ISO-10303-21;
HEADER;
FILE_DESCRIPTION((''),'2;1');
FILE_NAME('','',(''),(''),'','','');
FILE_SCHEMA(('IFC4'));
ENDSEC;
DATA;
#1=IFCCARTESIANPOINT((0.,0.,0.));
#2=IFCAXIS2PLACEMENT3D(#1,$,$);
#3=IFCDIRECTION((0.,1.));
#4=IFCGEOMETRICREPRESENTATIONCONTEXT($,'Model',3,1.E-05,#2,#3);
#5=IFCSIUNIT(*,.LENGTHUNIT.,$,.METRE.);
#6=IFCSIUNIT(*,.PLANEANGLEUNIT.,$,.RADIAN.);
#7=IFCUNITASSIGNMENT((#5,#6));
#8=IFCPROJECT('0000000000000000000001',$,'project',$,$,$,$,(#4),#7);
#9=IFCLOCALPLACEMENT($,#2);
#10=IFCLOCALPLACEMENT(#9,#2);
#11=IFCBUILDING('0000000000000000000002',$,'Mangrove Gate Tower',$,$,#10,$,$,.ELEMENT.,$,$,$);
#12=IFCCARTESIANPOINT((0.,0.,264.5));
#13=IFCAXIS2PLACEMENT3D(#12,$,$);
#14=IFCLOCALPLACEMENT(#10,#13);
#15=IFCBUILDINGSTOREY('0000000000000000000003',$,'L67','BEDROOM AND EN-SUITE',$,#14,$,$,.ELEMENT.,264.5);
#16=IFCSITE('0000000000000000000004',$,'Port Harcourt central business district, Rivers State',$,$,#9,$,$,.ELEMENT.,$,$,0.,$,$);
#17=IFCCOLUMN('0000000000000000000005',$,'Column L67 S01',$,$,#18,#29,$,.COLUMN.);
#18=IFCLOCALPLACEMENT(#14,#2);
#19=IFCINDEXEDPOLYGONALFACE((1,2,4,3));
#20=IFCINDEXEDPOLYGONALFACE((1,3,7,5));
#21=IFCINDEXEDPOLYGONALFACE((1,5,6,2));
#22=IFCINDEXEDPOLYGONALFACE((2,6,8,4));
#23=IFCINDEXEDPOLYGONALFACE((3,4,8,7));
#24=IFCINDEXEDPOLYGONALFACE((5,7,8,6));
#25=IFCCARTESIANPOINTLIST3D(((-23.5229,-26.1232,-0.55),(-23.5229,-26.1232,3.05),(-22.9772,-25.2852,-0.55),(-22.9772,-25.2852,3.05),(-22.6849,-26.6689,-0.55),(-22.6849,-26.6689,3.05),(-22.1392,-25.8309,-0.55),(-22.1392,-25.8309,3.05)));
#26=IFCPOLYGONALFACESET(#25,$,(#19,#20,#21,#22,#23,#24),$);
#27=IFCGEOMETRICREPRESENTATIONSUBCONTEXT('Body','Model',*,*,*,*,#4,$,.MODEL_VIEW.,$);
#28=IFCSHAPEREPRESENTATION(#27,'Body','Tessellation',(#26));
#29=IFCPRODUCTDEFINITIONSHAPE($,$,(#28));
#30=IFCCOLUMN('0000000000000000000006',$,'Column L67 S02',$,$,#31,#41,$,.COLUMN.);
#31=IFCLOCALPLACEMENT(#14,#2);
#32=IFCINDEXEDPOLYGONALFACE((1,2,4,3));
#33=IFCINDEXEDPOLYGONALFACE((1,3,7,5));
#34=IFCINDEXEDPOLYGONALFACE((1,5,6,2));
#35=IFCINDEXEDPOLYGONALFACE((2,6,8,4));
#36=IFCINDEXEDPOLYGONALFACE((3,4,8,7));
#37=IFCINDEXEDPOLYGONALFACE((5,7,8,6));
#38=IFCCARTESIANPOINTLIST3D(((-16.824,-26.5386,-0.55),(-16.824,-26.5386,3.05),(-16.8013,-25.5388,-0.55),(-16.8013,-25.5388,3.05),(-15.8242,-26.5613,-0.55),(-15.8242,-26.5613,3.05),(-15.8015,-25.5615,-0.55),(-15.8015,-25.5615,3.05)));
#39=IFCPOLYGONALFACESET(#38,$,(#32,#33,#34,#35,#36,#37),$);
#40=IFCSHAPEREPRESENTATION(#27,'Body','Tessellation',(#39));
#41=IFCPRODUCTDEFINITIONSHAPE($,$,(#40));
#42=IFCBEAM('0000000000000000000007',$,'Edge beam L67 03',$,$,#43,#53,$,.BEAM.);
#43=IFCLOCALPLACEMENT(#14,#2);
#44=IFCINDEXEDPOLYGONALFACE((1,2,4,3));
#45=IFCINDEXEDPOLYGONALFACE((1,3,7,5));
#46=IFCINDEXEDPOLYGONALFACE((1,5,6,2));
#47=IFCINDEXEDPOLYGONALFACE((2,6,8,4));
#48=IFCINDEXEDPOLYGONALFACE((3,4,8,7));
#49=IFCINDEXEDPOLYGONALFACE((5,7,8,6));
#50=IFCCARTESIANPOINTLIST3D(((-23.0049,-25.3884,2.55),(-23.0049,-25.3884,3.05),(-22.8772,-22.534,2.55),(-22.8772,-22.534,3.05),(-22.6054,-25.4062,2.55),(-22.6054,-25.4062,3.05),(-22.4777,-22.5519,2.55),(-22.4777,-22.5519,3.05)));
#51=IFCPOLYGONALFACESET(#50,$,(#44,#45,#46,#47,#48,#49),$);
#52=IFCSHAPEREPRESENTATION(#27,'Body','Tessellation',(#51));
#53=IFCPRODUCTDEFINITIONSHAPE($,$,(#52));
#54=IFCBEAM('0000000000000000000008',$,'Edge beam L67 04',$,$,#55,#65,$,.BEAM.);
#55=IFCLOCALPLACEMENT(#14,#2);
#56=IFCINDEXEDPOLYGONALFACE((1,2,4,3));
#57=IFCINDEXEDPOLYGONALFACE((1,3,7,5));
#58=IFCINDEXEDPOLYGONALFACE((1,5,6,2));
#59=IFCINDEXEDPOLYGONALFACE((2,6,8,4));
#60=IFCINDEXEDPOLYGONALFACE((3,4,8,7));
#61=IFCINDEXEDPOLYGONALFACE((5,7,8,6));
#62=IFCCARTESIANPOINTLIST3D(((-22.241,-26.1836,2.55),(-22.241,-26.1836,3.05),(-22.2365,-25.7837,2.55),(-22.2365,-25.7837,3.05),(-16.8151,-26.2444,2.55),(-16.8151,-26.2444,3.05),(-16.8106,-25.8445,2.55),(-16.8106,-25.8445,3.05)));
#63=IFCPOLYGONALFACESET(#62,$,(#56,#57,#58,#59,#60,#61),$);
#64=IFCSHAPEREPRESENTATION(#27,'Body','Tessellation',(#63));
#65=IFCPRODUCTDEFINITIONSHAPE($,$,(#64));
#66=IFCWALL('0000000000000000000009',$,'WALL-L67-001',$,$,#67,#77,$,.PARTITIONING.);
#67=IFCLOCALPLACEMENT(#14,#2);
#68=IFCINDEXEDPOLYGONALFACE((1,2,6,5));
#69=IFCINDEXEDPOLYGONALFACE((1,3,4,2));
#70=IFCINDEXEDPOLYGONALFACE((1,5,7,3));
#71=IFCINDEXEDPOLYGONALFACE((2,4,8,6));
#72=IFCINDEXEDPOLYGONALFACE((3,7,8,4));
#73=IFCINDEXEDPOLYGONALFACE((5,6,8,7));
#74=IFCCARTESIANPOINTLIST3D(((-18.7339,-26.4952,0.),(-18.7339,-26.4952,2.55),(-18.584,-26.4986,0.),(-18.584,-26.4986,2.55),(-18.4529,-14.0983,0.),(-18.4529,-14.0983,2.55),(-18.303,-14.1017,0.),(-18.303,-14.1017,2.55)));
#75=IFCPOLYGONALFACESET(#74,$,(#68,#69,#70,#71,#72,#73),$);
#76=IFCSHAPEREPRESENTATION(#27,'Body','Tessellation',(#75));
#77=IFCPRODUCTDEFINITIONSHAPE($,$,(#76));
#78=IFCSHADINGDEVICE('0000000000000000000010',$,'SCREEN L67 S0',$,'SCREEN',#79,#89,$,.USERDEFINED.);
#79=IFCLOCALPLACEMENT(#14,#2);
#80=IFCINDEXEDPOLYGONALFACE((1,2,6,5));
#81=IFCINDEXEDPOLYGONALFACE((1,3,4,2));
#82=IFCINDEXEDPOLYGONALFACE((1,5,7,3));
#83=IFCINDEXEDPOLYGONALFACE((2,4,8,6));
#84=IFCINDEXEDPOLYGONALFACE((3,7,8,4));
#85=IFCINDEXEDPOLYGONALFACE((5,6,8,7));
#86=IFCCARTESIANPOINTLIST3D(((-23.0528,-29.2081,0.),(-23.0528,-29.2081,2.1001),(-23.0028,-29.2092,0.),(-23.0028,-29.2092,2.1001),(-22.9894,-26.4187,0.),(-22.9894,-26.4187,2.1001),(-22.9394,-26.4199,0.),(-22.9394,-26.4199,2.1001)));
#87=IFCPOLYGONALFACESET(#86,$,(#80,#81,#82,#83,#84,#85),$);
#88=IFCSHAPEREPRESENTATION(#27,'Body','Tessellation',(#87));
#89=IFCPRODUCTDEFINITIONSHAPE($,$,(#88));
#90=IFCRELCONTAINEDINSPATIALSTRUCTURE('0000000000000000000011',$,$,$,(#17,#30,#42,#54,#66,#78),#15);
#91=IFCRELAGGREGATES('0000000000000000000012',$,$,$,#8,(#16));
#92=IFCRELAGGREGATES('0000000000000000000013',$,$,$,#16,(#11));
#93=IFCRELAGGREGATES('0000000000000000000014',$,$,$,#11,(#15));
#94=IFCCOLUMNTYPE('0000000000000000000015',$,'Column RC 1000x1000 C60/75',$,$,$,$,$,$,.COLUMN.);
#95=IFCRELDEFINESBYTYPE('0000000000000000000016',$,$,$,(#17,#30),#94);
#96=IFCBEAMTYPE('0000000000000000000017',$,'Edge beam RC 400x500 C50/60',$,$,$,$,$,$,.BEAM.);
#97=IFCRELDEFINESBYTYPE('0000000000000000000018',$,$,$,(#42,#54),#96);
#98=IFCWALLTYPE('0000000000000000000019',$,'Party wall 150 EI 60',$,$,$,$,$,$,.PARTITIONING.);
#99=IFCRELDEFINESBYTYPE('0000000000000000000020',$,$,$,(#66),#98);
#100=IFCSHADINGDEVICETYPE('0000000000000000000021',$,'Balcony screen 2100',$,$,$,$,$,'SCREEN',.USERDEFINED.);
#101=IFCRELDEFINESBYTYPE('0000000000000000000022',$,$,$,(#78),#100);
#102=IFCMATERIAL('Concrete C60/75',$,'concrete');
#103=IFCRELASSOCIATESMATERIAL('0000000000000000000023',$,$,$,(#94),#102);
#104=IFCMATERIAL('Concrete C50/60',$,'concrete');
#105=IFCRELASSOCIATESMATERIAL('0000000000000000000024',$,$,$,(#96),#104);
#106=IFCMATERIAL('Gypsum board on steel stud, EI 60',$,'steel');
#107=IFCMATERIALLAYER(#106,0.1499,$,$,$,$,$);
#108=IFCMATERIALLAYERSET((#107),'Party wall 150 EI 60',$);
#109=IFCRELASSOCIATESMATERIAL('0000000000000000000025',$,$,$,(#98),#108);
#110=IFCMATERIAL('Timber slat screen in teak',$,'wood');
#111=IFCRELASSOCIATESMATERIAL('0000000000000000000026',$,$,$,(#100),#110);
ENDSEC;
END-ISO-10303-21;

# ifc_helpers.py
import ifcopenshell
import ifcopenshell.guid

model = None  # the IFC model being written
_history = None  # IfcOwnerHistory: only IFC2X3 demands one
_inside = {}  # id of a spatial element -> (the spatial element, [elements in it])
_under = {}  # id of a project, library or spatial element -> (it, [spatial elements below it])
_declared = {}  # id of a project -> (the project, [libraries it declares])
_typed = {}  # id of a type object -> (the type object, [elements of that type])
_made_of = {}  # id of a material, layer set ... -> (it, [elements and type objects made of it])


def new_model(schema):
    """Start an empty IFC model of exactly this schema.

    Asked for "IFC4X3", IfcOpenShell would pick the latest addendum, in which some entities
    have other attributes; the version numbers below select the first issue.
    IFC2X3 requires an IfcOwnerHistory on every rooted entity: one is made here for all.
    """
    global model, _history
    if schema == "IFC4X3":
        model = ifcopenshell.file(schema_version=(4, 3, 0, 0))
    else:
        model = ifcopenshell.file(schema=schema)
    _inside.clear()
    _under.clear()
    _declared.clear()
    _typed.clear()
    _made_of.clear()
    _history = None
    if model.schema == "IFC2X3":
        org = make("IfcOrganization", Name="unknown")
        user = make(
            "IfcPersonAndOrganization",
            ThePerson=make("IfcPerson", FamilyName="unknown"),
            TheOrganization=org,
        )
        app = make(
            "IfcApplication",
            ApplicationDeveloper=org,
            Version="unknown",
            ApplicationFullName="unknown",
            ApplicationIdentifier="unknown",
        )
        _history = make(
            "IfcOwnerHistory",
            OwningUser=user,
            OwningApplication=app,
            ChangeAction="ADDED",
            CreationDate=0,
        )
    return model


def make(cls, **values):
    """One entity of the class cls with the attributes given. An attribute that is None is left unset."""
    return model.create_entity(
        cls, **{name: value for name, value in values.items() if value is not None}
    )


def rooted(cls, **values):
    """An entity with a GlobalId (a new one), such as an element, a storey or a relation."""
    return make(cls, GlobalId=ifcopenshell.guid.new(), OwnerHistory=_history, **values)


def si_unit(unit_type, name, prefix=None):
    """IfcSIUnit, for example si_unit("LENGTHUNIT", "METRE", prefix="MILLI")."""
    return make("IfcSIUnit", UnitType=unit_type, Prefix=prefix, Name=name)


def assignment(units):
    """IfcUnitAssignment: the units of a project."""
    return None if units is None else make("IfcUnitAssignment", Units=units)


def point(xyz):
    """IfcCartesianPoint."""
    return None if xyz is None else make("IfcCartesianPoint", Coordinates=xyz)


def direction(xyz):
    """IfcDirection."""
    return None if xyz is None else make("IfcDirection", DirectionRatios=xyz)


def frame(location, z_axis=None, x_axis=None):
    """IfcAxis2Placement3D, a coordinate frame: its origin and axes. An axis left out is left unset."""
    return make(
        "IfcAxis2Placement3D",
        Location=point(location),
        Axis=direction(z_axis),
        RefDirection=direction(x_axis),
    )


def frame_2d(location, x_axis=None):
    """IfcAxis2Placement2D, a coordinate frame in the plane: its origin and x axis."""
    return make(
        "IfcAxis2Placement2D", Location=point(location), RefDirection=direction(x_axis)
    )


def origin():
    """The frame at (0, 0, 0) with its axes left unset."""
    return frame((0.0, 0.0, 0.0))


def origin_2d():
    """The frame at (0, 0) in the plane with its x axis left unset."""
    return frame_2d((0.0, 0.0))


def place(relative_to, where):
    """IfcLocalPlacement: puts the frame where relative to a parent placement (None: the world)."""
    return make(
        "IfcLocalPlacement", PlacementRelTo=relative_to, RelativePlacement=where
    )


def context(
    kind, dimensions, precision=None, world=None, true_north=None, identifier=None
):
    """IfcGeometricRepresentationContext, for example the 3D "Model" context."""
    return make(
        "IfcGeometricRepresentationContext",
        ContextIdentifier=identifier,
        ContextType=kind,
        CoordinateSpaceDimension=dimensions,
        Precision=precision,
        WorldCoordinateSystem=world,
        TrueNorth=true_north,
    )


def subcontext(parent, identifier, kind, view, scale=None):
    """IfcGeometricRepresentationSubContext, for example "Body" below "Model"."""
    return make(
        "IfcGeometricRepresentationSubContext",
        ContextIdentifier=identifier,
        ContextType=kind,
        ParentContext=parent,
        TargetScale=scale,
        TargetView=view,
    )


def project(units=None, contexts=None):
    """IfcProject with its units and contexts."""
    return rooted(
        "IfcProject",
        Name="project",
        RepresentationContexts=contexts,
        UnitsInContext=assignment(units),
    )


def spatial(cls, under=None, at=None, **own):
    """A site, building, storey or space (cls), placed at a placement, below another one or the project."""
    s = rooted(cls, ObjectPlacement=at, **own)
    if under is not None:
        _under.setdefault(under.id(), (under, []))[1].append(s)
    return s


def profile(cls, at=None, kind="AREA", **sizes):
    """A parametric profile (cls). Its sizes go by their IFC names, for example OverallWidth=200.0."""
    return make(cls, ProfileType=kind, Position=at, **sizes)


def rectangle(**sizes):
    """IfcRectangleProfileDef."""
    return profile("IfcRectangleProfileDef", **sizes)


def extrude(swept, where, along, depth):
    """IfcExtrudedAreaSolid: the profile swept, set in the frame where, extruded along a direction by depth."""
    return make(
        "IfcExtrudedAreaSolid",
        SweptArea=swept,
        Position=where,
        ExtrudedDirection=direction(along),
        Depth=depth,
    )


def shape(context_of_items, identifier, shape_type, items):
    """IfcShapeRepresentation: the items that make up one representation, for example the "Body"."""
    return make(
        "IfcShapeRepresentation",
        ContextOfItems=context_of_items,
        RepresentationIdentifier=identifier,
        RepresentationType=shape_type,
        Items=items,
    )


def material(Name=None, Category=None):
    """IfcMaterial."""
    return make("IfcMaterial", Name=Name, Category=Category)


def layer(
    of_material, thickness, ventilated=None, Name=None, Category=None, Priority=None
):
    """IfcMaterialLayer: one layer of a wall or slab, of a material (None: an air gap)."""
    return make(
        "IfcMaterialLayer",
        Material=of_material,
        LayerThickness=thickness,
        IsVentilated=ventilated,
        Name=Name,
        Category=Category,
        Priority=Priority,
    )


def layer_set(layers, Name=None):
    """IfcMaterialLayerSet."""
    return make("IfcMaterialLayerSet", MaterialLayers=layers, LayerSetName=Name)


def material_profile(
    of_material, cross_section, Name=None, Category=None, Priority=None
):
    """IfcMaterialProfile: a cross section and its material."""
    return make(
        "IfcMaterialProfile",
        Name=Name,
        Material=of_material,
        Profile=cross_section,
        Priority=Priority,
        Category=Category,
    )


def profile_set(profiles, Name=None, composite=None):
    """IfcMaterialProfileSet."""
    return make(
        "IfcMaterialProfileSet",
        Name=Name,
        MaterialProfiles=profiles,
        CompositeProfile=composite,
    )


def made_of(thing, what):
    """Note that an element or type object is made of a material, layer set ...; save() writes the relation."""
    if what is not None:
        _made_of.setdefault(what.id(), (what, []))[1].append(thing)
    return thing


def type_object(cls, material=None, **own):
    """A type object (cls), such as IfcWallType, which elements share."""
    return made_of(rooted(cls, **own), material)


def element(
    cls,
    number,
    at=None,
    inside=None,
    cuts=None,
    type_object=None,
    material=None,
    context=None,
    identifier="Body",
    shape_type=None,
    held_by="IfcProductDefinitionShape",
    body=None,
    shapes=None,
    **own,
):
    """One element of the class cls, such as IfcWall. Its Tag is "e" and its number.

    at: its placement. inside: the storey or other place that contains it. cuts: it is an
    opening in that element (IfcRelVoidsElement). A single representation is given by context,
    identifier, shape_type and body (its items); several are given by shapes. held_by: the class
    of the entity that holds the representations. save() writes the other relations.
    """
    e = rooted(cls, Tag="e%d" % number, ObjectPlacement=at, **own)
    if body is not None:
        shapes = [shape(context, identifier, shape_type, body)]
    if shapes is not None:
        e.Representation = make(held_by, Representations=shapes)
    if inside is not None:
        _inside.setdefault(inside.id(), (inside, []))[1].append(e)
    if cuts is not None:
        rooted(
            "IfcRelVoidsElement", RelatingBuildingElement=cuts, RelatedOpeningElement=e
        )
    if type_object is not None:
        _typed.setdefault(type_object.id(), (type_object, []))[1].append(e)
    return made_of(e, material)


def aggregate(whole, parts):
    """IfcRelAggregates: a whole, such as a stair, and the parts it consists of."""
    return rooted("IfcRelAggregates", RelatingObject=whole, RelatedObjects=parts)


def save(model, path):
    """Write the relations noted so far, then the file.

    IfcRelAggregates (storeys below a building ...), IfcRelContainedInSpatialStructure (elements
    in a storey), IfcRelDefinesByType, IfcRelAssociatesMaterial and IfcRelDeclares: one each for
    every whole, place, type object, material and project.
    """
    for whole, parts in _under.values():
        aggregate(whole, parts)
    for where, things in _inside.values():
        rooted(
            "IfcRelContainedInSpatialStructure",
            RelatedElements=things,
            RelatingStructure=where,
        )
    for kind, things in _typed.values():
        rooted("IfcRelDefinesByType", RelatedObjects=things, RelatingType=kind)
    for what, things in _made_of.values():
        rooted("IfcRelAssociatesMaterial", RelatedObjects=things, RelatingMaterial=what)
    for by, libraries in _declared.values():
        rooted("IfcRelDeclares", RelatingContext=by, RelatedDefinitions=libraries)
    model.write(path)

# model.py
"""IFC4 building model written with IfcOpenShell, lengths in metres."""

from ifc_helpers import new_model, si_unit, direction, frame, frame_2d, origin, origin_2d, place, context, subcontext, project, spatial, rectangle, extrude, material, layer, layer_set, material_profile, profile_set, type_object, element, save


model = new_model("IFC4")

# Units and contexts
model_context = context("Model", 3, precision=1e-05, world=origin(), true_north=direction((0.0, 1.0)))
body_context = subcontext(model_context, "Body", "Model", "MODEL_VIEW")
ifc_project = project(units=[si_unit("LENGTHUNIT", "METRE"), si_unit("PLANEANGLEUNIT", "RADIAN")], contexts=[model_context])

# Site, building, storey
site_placement = place(None, origin())
site = spatial("IfcSite", under=ifc_project, at=site_placement, Name="Port Harcourt central business district, Rivers State", CompositionType="ELEMENT", RefElevation=0.0)
building_placement = place(site_placement, origin())
building = spatial("IfcBuilding", under=site, at=building_placement, Name="Mangrove Gate Tower", CompositionType="ELEMENT")
storey_placement = place(building_placement, frame((0.0, 0.0, 264.5)))
storey = spatial("IfcBuildingStorey", under=building, at=storey_placement, Name="L67", Description="BEDROOM AND EN-SUITE", CompositionType="ELEMENT", Elevation=264.5)

# Columns
ifc_material_1 = material(Name="Concrete C60/75", Category="concrete")
ifc_material_profile_1 = material_profile(ifc_material_1, rectangle(XDim=1.0, YDim=1.0, at=origin_2d()))
ifc_profile_set_1 = profile_set([ifc_material_profile_1], Name="Concrete C60/75")
column_type = type_object("IfcColumnType", Name="Column RC 1000x1000 C60/75", PredefinedType="COLUMN", material=ifc_profile_set_1)
for number, where, z_axis, x_axis, name in (
    (1, (-22.8311, -25.9771, -0.55), (0.0, 0.0, 1.0), (0.837962, -0.545728, 0.0), "Column L67 S01"),
    (2, (-16.3127, -26.05, -0.55), (0.0, 0.0, 1.0), (0.999742, -0.022708, 0.0), "Column L67 S02"),
):
    element("IfcColumn", number, at=place(storey_placement, frame(where, z_axis=z_axis, x_axis=x_axis)), inside=storey, type_object=column_type, Name=name, PredefinedType="COLUMN", context=body_context, shape_type="SweptSolid", body=[
        extrude(rectangle(XDim=1.0, YDim=1.0, at=origin_2d()), origin(), (0.0, 0.0, 1.0), 3.6001),
    ])

# Beams
ifc_material_2 = material(Name="Concrete C50/60", Category="concrete")
ifc_material_profile_2 = material_profile(ifc_material_2, rectangle(XDim=0.3999, YDim=0.5, at=origin_2d()))
ifc_profile_set_2 = profile_set([ifc_material_profile_2], Name="Concrete C50/60")
beam_type = type_object("IfcBeamType", Name="Edge beam RC 400x500 C50/60", PredefinedType="BEAM", material=ifc_profile_set_2)
beam_1_placement = place(storey_placement, frame((-22.6775, -22.543, 2.8), z_axis=(-0.044691, -0.999001, 0.0), x_axis=(0.999001, -0.044691, 0.0)))
element("IfcBeam", 3, at=beam_1_placement, inside=storey, type_object=beam_type, Name="Edge beam L67 03", PredefinedType="BEAM", context=body_context, shape_type="SweptSolid", body=[
    extrude(rectangle(XDim=0.3999, YDim=0.5, at=origin_2d()), origin(), (0.0, 0.0, 1.0), 2.8572),
])
beam_2_placement = place(storey_placement, frame((-22.2388, -25.9836, 2.8), z_axis=(0.999937, -0.011203, 0.0), x_axis=(0.011203, 0.999937, 0.0)))
element("IfcBeam", 4, at=beam_2_placement, inside=storey, type_object=beam_type, Name="Edge beam L67 04", PredefinedType="BEAM", context=body_context, shape_type="SweptSolid", body=[
    extrude(rectangle(XDim=0.3999, YDim=0.5, at=origin_2d()), origin(), (0.0, 0.0, 1.0), 5.4263),
])

# Wall
ifc_material_3 = material(Name="Gypsum board on steel stud, EI 60", Category="steel")
ifc_layer_1 = layer(ifc_material_3, 0.1499)
ifc_layer_set_1 = layer_set([ifc_layer_1], Name="Party wall 150 EI 60")
wall_type_1 = type_object("IfcWallType", Name="Party wall 150 EI 60", PredefinedType="PARTITIONING", material=ifc_layer_set_1)
wall_1_placement = place(storey_placement, frame((-18.6589, -26.4971, 0.0), z_axis=(0.0, 0.0, 1.0), x_axis=(0.022661, 0.999743, 0.0)))
element("IfcWall", 5, at=wall_1_placement, inside=storey, type_object=wall_type_1, Name="WALL-L67-001", PredefinedType="PARTITIONING", context=body_context, shape_type="SweptSolid", body=[
    extrude(rectangle(XDim=12.4001, YDim=0.1499, at=frame_2d((6.2002, 0.0))), origin(), (0.0, 0.0, 1.0), 2.55),
])

# Shading device
ifc_material_4 = material(Name="Timber slat screen in teak", Category="wood")
shading_device_type = type_object("IfcShadingDeviceType", Name="Balcony screen 2100", ElementType="SCREEN", PredefinedType="USERDEFINED", material=ifc_material_4)
shading_device_placement = place(storey_placement, frame((-22.9961, -27.814, 0.0), z_axis=(0.0, 0.0, 1.0), x_axis=(-0.02274, -0.999741, 0.0)))
element("IfcShadingDevice", 6, at=shading_device_placement, inside=storey, type_object=shading_device_type, Name="SCREEN L67 S0", ObjectType="SCREEN", PredefinedType="USERDEFINED", context=body_context, shape_type="SweptSolid", body=[
    extrude(rectangle(XDim=2.79, YDim=0.05, at=origin_2d()), origin(), (0.0, 0.0, 1.0), 2.1001),
])

save(model, "model.ifc")
